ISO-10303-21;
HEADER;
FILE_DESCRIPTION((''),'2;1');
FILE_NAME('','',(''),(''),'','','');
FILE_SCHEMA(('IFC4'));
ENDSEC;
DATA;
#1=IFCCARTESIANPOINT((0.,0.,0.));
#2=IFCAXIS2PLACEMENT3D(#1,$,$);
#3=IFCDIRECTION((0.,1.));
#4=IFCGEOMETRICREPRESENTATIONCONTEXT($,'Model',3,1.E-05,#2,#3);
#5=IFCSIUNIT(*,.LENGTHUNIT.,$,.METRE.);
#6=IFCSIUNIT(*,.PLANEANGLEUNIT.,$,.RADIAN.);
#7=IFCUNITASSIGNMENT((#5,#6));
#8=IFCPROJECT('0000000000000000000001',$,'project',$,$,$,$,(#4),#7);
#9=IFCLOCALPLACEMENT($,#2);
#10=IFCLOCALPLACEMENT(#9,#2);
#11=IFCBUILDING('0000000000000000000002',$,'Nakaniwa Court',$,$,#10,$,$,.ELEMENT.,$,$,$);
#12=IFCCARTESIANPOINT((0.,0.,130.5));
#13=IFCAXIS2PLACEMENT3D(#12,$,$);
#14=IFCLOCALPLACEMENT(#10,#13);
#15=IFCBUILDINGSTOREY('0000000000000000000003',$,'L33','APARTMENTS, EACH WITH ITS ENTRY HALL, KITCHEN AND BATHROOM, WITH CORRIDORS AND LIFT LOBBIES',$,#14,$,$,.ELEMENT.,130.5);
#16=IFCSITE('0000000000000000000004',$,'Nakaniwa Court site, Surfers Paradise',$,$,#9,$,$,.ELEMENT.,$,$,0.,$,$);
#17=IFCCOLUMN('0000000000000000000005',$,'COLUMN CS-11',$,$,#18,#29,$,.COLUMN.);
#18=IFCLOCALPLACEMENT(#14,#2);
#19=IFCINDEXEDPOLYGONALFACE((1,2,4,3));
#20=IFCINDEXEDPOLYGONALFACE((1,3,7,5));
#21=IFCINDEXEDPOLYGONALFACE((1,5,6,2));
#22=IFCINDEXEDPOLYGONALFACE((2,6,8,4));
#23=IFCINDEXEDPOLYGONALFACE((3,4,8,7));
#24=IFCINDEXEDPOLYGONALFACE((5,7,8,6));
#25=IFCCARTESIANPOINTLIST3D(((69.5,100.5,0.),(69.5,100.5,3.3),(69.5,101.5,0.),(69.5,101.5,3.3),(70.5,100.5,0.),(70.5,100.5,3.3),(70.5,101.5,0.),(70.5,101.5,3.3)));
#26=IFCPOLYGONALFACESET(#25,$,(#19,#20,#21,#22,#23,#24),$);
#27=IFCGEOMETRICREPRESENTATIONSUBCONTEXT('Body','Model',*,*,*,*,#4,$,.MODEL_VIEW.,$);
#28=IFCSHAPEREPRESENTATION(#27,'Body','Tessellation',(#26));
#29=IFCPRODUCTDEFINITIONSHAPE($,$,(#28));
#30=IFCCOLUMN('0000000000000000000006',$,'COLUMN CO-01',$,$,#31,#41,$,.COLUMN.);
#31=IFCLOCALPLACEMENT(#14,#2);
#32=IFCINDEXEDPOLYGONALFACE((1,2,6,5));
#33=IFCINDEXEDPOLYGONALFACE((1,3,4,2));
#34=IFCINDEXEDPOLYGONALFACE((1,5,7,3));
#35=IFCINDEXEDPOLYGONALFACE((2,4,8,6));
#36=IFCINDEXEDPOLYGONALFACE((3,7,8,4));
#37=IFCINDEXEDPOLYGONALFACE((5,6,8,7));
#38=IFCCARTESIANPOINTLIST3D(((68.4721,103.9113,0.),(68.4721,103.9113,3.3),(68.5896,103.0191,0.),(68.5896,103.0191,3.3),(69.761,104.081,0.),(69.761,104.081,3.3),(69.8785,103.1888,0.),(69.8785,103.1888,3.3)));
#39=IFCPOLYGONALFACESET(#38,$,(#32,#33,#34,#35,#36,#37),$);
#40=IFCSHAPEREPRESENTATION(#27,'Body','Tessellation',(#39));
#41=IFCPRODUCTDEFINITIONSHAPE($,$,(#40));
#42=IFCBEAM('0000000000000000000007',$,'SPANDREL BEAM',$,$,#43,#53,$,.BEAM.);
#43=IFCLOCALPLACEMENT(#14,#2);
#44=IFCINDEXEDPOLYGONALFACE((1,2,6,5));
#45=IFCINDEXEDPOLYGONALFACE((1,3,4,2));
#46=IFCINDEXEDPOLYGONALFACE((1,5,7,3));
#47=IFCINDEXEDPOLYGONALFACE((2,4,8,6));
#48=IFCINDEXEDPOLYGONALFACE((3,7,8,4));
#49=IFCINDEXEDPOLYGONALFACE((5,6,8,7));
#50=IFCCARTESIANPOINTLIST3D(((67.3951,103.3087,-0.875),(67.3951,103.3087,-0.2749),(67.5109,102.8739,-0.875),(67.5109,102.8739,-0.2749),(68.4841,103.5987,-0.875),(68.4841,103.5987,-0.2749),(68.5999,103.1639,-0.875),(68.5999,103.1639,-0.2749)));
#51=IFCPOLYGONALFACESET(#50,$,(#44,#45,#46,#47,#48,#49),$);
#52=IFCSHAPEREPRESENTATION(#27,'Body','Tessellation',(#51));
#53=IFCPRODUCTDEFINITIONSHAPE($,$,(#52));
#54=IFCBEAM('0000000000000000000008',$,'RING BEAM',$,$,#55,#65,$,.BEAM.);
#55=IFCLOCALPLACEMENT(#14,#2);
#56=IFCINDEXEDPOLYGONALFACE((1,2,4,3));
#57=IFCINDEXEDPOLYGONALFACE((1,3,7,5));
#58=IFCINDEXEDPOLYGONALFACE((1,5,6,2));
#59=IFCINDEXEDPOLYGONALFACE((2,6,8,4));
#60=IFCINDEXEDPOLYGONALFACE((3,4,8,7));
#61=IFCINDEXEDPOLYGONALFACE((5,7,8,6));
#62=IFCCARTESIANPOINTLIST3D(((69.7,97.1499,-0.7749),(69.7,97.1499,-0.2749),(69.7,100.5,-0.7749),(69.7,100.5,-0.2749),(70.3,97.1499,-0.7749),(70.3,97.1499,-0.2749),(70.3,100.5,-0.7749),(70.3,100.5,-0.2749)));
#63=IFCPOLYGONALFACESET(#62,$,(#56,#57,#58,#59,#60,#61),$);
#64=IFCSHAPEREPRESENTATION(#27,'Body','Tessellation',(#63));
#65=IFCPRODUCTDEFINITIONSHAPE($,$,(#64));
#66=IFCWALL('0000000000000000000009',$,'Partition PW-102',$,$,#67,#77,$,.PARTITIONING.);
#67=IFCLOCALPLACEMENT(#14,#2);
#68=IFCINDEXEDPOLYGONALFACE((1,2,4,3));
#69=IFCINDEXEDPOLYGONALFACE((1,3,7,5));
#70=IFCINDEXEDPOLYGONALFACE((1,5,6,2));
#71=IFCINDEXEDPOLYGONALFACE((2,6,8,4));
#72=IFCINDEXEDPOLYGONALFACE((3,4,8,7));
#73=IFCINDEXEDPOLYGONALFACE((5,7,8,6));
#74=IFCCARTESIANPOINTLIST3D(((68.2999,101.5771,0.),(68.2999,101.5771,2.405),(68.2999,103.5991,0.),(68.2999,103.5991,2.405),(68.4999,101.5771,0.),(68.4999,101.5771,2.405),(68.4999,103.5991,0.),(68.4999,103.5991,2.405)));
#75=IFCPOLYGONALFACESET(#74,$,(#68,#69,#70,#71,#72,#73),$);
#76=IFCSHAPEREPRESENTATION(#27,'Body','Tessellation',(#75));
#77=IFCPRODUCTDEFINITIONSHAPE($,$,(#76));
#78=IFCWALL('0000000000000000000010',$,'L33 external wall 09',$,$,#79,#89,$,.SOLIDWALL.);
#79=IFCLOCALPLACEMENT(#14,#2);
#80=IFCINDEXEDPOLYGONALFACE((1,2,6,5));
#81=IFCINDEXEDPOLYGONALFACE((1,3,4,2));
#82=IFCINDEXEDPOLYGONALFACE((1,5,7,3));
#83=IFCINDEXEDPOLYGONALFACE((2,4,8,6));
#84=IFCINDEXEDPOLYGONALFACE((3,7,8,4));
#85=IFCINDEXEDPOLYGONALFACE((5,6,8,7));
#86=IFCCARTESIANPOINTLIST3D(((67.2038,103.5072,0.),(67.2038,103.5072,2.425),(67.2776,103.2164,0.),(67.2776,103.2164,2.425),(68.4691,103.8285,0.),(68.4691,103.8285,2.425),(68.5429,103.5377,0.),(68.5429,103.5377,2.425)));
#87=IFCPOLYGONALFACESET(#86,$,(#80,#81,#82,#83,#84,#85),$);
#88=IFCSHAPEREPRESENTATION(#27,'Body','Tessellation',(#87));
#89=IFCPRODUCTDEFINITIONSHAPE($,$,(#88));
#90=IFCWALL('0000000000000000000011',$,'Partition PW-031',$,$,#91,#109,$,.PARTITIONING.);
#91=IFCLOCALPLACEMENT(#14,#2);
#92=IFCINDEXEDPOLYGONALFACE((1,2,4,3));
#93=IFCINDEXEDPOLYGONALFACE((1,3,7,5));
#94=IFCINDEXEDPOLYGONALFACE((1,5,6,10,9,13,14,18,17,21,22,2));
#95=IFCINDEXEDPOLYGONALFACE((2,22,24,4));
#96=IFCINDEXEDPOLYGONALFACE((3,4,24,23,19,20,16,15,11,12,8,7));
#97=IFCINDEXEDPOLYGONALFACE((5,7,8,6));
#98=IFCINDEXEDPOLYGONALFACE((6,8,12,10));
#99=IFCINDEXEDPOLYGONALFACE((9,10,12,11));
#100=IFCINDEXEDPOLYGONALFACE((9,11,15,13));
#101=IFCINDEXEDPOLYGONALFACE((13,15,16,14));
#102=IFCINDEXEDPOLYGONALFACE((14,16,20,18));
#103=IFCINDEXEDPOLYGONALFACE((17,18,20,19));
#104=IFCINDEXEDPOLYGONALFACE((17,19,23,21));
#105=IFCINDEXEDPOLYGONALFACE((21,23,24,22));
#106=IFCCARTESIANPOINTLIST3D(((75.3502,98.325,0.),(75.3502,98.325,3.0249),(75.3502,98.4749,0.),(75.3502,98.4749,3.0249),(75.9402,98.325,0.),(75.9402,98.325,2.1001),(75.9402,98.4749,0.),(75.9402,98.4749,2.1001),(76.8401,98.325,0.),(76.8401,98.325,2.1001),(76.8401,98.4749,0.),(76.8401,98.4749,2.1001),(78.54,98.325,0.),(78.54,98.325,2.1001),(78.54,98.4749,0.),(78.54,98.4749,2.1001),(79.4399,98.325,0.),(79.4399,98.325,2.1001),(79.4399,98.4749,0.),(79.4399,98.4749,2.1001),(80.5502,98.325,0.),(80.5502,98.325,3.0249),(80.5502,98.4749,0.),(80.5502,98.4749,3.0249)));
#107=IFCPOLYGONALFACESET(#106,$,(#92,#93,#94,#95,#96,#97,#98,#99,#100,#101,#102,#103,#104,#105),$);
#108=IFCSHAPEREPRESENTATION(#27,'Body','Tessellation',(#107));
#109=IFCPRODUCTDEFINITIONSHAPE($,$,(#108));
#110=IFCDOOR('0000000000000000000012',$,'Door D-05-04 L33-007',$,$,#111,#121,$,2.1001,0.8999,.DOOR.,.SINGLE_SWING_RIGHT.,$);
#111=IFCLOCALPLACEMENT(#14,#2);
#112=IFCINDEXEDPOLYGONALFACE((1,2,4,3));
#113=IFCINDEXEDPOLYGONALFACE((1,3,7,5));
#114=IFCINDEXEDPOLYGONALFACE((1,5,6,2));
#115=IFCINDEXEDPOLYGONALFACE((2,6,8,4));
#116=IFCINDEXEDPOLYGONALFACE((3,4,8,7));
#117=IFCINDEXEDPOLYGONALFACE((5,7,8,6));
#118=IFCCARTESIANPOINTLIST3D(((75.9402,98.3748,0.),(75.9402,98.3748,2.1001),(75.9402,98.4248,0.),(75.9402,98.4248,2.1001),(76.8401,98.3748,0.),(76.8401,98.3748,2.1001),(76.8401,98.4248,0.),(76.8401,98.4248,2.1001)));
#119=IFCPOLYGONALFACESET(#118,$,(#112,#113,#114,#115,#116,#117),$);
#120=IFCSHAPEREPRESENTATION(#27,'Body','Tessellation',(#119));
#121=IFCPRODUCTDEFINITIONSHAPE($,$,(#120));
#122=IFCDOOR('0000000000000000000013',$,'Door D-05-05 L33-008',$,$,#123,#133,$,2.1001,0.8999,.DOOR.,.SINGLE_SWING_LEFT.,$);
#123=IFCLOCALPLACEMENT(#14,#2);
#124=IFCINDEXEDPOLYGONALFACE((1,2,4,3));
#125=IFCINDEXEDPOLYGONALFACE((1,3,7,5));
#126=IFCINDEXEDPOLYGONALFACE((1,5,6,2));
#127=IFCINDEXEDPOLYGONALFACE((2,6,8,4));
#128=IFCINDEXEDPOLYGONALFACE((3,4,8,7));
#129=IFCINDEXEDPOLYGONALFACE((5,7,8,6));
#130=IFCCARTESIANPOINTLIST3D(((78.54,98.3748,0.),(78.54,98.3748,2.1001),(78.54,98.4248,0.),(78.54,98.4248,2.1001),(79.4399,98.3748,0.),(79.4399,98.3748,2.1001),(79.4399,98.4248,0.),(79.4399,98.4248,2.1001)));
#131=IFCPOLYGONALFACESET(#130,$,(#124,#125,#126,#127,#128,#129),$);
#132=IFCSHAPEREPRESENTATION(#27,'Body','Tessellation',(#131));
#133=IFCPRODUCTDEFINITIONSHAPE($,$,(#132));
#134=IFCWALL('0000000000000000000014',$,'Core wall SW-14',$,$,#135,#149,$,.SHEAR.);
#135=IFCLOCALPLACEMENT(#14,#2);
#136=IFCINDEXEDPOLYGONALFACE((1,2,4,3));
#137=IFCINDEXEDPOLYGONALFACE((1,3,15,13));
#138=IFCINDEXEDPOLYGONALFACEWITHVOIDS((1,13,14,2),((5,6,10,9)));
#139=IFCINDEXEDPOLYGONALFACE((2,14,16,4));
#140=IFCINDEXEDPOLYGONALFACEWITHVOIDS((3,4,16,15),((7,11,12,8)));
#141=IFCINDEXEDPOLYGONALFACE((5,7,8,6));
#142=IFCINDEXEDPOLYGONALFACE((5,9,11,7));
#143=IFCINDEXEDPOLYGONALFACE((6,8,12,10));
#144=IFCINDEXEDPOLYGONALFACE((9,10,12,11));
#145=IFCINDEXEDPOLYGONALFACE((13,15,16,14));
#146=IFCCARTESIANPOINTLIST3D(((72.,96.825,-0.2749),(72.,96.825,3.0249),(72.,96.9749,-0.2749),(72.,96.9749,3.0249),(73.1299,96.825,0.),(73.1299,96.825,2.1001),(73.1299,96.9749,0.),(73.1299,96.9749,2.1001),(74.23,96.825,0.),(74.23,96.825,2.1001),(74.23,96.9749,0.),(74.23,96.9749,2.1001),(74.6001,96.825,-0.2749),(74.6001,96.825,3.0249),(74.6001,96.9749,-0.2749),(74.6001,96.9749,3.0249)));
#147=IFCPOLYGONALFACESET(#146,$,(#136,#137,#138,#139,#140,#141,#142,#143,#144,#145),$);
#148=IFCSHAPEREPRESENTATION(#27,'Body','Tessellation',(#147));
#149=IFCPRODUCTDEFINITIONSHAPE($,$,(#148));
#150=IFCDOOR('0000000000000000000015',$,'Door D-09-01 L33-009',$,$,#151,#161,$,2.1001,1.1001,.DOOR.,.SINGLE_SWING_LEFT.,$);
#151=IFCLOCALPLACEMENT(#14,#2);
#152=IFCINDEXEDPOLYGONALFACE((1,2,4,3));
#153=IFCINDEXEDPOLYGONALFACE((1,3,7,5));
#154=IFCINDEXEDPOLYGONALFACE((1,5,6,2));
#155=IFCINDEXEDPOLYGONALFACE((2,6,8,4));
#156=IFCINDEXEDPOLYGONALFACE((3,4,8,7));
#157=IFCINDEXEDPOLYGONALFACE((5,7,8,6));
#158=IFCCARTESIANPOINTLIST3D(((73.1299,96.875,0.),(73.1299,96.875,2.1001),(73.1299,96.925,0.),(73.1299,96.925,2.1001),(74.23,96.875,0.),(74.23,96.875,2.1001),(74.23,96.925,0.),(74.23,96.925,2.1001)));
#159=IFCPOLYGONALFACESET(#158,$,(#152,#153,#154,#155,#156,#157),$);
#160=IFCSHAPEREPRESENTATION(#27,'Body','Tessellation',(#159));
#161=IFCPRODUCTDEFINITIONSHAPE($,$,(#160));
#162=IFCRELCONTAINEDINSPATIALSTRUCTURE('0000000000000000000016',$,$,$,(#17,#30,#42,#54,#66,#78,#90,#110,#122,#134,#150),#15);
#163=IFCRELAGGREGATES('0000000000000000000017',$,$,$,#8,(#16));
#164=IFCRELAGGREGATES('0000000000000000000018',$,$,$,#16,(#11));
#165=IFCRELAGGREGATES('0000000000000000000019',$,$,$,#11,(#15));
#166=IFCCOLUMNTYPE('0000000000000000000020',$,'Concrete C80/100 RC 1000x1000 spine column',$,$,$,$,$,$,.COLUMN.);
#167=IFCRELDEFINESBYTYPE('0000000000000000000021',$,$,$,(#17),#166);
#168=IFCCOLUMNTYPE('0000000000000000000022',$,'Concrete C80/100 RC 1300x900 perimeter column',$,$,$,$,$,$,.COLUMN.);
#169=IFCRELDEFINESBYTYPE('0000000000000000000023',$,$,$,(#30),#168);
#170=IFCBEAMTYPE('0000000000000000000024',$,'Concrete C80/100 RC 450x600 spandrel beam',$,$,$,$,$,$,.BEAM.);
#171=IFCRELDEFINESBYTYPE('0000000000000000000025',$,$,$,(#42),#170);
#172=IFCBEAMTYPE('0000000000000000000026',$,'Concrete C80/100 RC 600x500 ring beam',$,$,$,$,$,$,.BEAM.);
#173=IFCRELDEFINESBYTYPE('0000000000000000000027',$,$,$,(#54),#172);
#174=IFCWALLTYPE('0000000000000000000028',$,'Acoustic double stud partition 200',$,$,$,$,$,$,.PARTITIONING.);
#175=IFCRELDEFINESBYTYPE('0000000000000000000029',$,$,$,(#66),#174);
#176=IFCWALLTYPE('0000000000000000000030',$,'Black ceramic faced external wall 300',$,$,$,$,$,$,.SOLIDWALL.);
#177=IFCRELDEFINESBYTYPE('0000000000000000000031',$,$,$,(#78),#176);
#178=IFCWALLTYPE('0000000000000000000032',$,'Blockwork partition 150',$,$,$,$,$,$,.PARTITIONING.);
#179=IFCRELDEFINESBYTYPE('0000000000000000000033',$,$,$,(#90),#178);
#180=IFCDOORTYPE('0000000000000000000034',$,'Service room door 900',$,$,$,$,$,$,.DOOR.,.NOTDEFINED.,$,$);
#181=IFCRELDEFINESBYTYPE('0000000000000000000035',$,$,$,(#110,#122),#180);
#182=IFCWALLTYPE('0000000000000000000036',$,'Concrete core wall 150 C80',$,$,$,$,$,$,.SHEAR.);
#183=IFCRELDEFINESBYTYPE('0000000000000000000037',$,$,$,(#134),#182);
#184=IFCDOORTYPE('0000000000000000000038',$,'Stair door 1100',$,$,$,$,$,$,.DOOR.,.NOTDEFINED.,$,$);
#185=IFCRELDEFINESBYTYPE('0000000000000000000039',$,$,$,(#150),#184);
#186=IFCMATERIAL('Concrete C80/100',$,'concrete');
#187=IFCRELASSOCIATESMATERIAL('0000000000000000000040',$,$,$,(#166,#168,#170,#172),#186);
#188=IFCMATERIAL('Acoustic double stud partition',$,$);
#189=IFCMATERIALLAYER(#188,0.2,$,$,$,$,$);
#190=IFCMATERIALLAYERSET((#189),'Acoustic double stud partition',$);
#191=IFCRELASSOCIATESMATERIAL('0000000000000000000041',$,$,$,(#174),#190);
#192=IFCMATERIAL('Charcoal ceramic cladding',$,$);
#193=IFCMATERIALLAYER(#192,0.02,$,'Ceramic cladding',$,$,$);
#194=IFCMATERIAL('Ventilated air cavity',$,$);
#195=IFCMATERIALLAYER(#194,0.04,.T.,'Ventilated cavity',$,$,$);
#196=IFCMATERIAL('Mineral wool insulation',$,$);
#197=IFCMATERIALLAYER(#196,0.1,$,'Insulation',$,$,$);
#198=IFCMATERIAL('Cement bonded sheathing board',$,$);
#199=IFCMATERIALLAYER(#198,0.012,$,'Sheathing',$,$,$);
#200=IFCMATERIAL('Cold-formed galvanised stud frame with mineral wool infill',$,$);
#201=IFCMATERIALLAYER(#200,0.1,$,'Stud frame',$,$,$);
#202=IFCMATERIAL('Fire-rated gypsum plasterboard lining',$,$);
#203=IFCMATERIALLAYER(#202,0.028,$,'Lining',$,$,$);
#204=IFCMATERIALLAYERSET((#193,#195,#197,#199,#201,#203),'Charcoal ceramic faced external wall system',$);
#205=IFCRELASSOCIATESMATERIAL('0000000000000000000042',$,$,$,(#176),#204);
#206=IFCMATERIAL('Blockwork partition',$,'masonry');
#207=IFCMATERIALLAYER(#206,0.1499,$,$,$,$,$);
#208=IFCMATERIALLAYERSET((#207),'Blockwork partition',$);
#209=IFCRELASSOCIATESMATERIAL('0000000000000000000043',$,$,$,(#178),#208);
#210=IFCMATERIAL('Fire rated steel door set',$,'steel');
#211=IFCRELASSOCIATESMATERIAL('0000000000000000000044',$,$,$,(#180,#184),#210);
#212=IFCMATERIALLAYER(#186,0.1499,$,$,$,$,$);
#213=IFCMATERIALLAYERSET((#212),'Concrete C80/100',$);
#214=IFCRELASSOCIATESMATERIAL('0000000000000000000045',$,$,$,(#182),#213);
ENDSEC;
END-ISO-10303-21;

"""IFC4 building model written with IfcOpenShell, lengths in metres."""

from ifc_helpers import new_model, si_unit, direction, frame, frame_2d, origin, origin_2d, place, context, subcontext, project, spatial, rectangle, extrude, material, layer, layer_set, material_profile, profile_set, type_object, element, fill, save


model = new_model("IFC4")

# Units and contexts
model_context = context("Model", 3, precision=1e-05, world=origin(), true_north=direction((0.0, 1.0)))
body_context = subcontext(model_context, "Body", "Model", "MODEL_VIEW")
ifc_project = project(units=[si_unit("LENGTHUNIT", "METRE"), si_unit("PLANEANGLEUNIT", "RADIAN")], contexts=[model_context])

# Site, building, storey
site_placement = place(None, origin())
site = spatial("IfcSite", under=ifc_project, at=site_placement, Name="Nakaniwa Court site, Surfers Paradise", CompositionType="ELEMENT", RefElevation=0.0)
building_placement = place(site_placement, origin())
building = spatial("IfcBuilding", under=site, at=building_placement, Name="Nakaniwa Court", CompositionType="ELEMENT")
storey_placement = place(building_placement, frame((0.0, 0.0, 130.5)))
storey = spatial("IfcBuildingStorey", under=building, at=storey_placement, Name="L33", Description="APARTMENTS, EACH WITH ITS ENTRY HALL, KITCHEN AND BATHROOM, WITH CORRIDORS AND LIFT LOBBIES", CompositionType="ELEMENT", Elevation=130.5)

# Columns
ifc_material_1 = material(Name="Concrete C80/100", Category="concrete")
ifc_material_profile_1 = material_profile(ifc_material_1, rectangle(XDim=1.0, YDim=1.0, at=origin_2d()), Name="Concrete C80/100 RC 1000x1000 spine column")
ifc_profile_set_1 = profile_set([ifc_material_profile_1], Name="Concrete C80/100")
column_type_1 = type_object("IfcColumnType", Name="Concrete C80/100 RC 1000x1000 spine column", PredefinedType="COLUMN", material=ifc_profile_set_1)
column_1_placement = place(storey_placement, frame((70.0, 101.0, 0.0), z_axis=(0.0, 0.0, 1.0), x_axis=(0.0, -1.0, 0.0)))
element("IfcColumn", 1, at=column_1_placement, inside=storey, type_object=column_type_1, Name="COLUMN CS-11", PredefinedType="COLUMN", context=body_context, shape_type="SweptSolid", body=[
    extrude(rectangle(XDim=1.0, YDim=1.0, at=origin_2d()), origin(), (0.0, 0.0, 1.0), 3.3),
])
ifc_material_profile_2 = material_profile(ifc_material_1, rectangle(XDim=1.3, YDim=0.8999, at=origin_2d()), Name="Concrete C80/100 RC 1300x900 perimeter column")
ifc_profile_set_2 = profile_set([ifc_material_profile_2], Name="Concrete C80/100")
column_type_2 = type_object("IfcColumnType", Name="Concrete C80/100 RC 1300x900 perimeter column", PredefinedType="COLUMN", material=ifc_profile_set_2)
column_2_placement = place(storey_placement, frame((69.1753, 103.55, 0.0), z_axis=(0.0, 0.0, 1.0), x_axis=(-0.991443, -0.130543, 0.0)))
element("IfcColumn", 2, at=column_2_placement, inside=storey, type_object=column_type_2, Name="COLUMN CO-01", PredefinedType="COLUMN", context=body_context, shape_type="SweptSolid", body=[
    extrude(rectangle(XDim=1.3, YDim=0.8999, at=origin_2d()), origin(), (0.0, 0.0, 1.0), 3.3),
])

# Beams
ifc_material_profile_3 = material_profile(ifc_material_1, rectangle(XDim=0.45, YDim=0.6001, at=origin_2d()), Name="Concrete C80/100 RC 450x600 spandrel beam")
ifc_profile_set_3 = profile_set([ifc_material_profile_3], Name="Concrete C80/100")
beam_type_1 = type_object("IfcBeamType", Name="Concrete C80/100 RC 450x600 spandrel beam", PredefinedType="BEAM", material=ifc_profile_set_3)
beam_1_placement = place(storey_placement, frame((68.542, 103.3813, -0.575), z_axis=(-0.966321, -0.257339, 0.0), x_axis=(0.257339, -0.966321, 0.0)))
element("IfcBeam", 3, at=beam_1_placement, inside=storey, type_object=beam_type_1, Name="SPANDREL BEAM", PredefinedType="BEAM", context=body_context, shape_type="SweptSolid", body=[
    extrude(rectangle(XDim=0.45, YDim=0.6001, at=origin_2d()), origin(), (0.0, 0.0, 1.0), 1.127),
])
ifc_material_profile_4 = material_profile(ifc_material_1, rectangle(XDim=0.6001, YDim=0.5, at=origin_2d()), Name="Concrete C80/100 RC 600x500 ring beam")
ifc_profile_set_4 = profile_set([ifc_material_profile_4], Name="Concrete C80/100")
beam_type_2 = type_object("IfcBeamType", Name="Concrete C80/100 RC 600x500 ring beam", PredefinedType="BEAM", material=ifc_profile_set_4)
beam_2_placement = place(storey_placement, frame((70.0, 100.5, -0.5249), z_axis=(0.0, -1.0, 0.0), x_axis=(1.0, 0.0, 0.0)))
element("IfcBeam", 4, at=beam_2_placement, inside=storey, type_object=beam_type_2, Name="RING BEAM", PredefinedType="BEAM", context=body_context, shape_type="SweptSolid", body=[
    extrude(rectangle(XDim=0.6001, YDim=0.5, at=origin_2d()), origin(), (0.0, 0.0, 1.0), 3.3501),
])

# Walls
ifc_material_2 = material(Name="Acoustic double stud partition")
ifc_layer_1 = layer(ifc_material_2, 0.2)
ifc_layer_set_1 = layer_set([ifc_layer_1], Name="Acoustic double stud partition")
wall_type_1 = type_object("IfcWallType", Name="Acoustic double stud partition 200", PredefinedType="PARTITIONING", material=ifc_layer_set_1)
wall_1_placement = place(storey_placement, frame((68.3999, 101.5771, 0.0), z_axis=(0.0, 0.0, 1.0), x_axis=(0.0, 1.0, 0.0)))
element("IfcWall", 5, at=wall_1_placement, inside=storey, type_object=wall_type_1, Name="Partition PW-102", PredefinedType="PARTITIONING", context=body_context, shape_type="SweptSolid", body=[
    extrude(rectangle(XDim=2.022, YDim=0.2, at=frame_2d((1.011, 0.0))), origin(), (0.0, 0.0, 1.0), 2.405),
])
ifc_material_3 = material(Name="Charcoal ceramic cladding")
ifc_layer_2 = layer(ifc_material_3, 0.02, Name="Ceramic cladding")
ifc_material_4 = material(Name="Ventilated air cavity")
ifc_layer_3 = layer(ifc_material_4, 0.04, ventilated=True, Name="Ventilated cavity")
ifc_material_5 = material(Name="Mineral wool insulation")
ifc_layer_4 = layer(ifc_material_5, 0.1, Name="Insulation")
ifc_material_6 = material(Name="Cement bonded sheathing board")
ifc_layer_5 = layer(ifc_material_6, 0.012, Name="Sheathing")
ifc_material_7 = material(Name="Cold-formed galvanised stud frame with mineral wool infill")
ifc_layer_6 = layer(ifc_material_7, 0.1, Name="Stud frame")
ifc_material_8 = material(Name="Fire-rated gypsum plasterboard lining")
ifc_layer_7 = layer(ifc_material_8, 0.028, Name="Lining")
ifc_layer_set_2 = layer_set([ifc_layer_2, ifc_layer_3, ifc_layer_4, ifc_layer_5, ifc_layer_6, ifc_layer_7], Name="Charcoal ceramic faced external wall system")
wall_type_2 = type_object("IfcWallType", Name="Black ceramic faced external wall 300", PredefinedType="SOLIDWALL", material=ifc_layer_set_2)
wall_2_placement = place(storey_placement, frame((68.5061, 103.6831, 0.0), z_axis=(0.0, 0.0, 1.0), x_axis=(-0.969245, -0.246098, 0.0)))
element("IfcWall", 6, at=wall_2_placement, inside=storey, type_object=wall_type_2, Name="L33 external wall 09", PredefinedType="SOLIDWALL", context=body_context, shape_type="SweptSolid", body=[
    extrude(rectangle(XDim=1.3054, YDim=0.3, at=frame_2d((0.6528, 0.0))), origin(), (0.0, 0.0, 1.0), 2.425),
])

# Wall, openings, doors
ifc_material_9 = material(Name="Blockwork partition", Category="masonry")
ifc_layer_8 = layer(ifc_material_9, 0.1499)
ifc_layer_set_3 = layer_set([ifc_layer_8], Name="Blockwork partition")
wall_type_3 = type_object("IfcWallType", Name="Blockwork partition 150", PredefinedType="PARTITIONING", material=ifc_layer_set_3)
wall_3_placement = place(storey_placement, frame((75.3501, 98.3999, 0.0), z_axis=(0.0, 0.0, 1.0), x_axis=(1.0, 0.0, 0.0)))
wall_3 = element("IfcWall", 7, at=wall_3_placement, inside=storey, type_object=wall_type_3, Name="Partition PW-031", PredefinedType="PARTITIONING", context=body_context, shape_type="SweptSolid", body=[
    extrude(rectangle(XDim=5.2, YDim=0.1499, at=frame_2d((2.6001, 0.0))), origin(), (0.0, 0.0, 1.0), 3.0249),
])
opening_1_placement = place(wall_3_placement, frame((0.5901, 0.0, 0.0)))
opening_1 = element("IfcOpeningElement", 8, at=opening_1_placement, cuts=wall_3, PredefinedType="OPENING", context=body_context, shape_type="SweptSolid", body=[
    extrude(rectangle(XDim=0.8999, YDim=2.1001, at=frame_2d((0.45, 1.05))), frame((0.0, 0.085, 0.0), z_axis=(0.0, -1.0, 0.0), x_axis=(1.0, 0.0, 0.0)), (0.0, 0.0, 1.0), 0.1699),
])
opening_2_placement = place(wall_3_placement, frame((3.1899, 0.0, 0.0)))
opening_2 = element("IfcOpeningElement", 9, at=opening_2_placement, cuts=wall_3, PredefinedType="OPENING", context=body_context, shape_type="SweptSolid", body=[
    extrude(rectangle(XDim=0.8999, YDim=2.1001, at=frame_2d((0.45, 1.05))), frame((0.0, 0.085, 0.0), z_axis=(0.0, -1.0, 0.0), x_axis=(1.0, 0.0, 0.0)), (0.0, 0.0, 1.0), 0.1699),
])
ifc_material_10 = material(Name="Fire rated steel door set", Category="steel")
door_type_1 = type_object("IfcDoorType", Name="Service room door 900", OperationType="NOTDEFINED", PredefinedType="DOOR", material=ifc_material_10)
door_1_placement = place(opening_1_placement, origin())
door_1 = element("IfcDoor", 10, at=door_1_placement, inside=storey, type_object=door_type_1, Name="Door D-05-04 L33-007", OperationType="SINGLE_SWING_RIGHT", OverallHeight=2.1001, OverallWidth=0.8999, PredefinedType="DOOR", context=body_context, shape_type="SweptSolid", body=[
    extrude(rectangle(XDim=0.8999, YDim=2.1001, at=frame_2d((0.45, 1.05))), frame((0.0, 0.0249, 0.0), z_axis=(0.0, -1.0, 0.0), x_axis=(1.0, 0.0, 0.0)), (0.0, 0.0, 1.0), 0.05),
])
fill(opening_1, door_1)
door_2_placement = place(opening_2_placement, origin())
door_2 = element("IfcDoor", 11, at=door_2_placement, inside=storey, type_object=door_type_1, Name="Door D-05-05 L33-008", OperationType="SINGLE_SWING_LEFT", OverallHeight=2.1001, OverallWidth=0.8999, PredefinedType="DOOR", context=body_context, shape_type="SweptSolid", body=[
    extrude(rectangle(XDim=0.8999, YDim=2.1001, at=frame_2d((0.45, 1.05))), frame((0.0, 0.0249, 0.0), z_axis=(0.0, -1.0, 0.0), x_axis=(1.0, 0.0, 0.0)), (0.0, 0.0, 1.0), 0.05),
])
fill(opening_2, door_2)

# Wall, opening, door
ifc_layer_9 = layer(ifc_material_1, 0.1499)
ifc_layer_set_4 = layer_set([ifc_layer_9], Name="Concrete C80/100")
wall_type_4 = type_object("IfcWallType", Name="Concrete core wall 150 C80", PredefinedType="SHEAR", material=ifc_layer_set_4)
wall_4_placement = place(storey_placement, frame((74.6001, 96.8999, -0.2749), z_axis=(0.0, 0.0, 1.0), x_axis=(-1.0, 0.0, 0.0)))
wall_4 = element("IfcWall", 12, at=wall_4_placement, inside=storey, type_object=wall_type_4, Name="Core wall SW-14", PredefinedType="SHEAR", context=body_context, shape_type="SweptSolid", body=[
    extrude(rectangle(XDim=2.6001, YDim=0.1499, at=frame_2d((1.3, 0.0))), origin(), (0.0, 0.0, 1.0), 3.2998),
])
opening_3_placement = place(wall_4_placement, frame((0.3701, 0.0, 0.2749)))
opening_3 = element("IfcOpeningElement", 13, at=opening_3_placement, cuts=wall_4, PredefinedType="OPENING", context=body_context, shape_type="SweptSolid", body=[
    extrude(rectangle(XDim=1.1001, YDim=2.1001, at=frame_2d((0.55, 1.05))), frame((0.0, 0.085, 0.0), z_axis=(0.0, -1.0, 0.0), x_axis=(1.0, 0.0, 0.0)), (0.0, 0.0, 1.0), 0.1699),
])
door_type_2 = type_object("IfcDoorType", Name="Stair door 1100", OperationType="NOTDEFINED", PredefinedType="DOOR", material=ifc_material_10)
door_3_placement = place(opening_3_placement, origin())
door_3 = element("IfcDoor", 14, at=door_3_placement, inside=storey, type_object=door_type_2, Name="Door D-09-01 L33-009", OperationType="SINGLE_SWING_LEFT", OverallHeight=2.1001, OverallWidth=1.1001, PredefinedType="DOOR", context=body_context, shape_type="SweptSolid", body=[
    extrude(rectangle(XDim=1.1001, YDim=2.1001, at=frame_2d((0.55, 1.05))), frame((0.0, 0.0249, 0.0), z_axis=(0.0, -1.0, 0.0), x_axis=(1.0, 0.0, 0.0)), (0.0, 0.0, 1.0), 0.05),
])
fill(opening_3, door_3)

save(model, "model.ifc")
